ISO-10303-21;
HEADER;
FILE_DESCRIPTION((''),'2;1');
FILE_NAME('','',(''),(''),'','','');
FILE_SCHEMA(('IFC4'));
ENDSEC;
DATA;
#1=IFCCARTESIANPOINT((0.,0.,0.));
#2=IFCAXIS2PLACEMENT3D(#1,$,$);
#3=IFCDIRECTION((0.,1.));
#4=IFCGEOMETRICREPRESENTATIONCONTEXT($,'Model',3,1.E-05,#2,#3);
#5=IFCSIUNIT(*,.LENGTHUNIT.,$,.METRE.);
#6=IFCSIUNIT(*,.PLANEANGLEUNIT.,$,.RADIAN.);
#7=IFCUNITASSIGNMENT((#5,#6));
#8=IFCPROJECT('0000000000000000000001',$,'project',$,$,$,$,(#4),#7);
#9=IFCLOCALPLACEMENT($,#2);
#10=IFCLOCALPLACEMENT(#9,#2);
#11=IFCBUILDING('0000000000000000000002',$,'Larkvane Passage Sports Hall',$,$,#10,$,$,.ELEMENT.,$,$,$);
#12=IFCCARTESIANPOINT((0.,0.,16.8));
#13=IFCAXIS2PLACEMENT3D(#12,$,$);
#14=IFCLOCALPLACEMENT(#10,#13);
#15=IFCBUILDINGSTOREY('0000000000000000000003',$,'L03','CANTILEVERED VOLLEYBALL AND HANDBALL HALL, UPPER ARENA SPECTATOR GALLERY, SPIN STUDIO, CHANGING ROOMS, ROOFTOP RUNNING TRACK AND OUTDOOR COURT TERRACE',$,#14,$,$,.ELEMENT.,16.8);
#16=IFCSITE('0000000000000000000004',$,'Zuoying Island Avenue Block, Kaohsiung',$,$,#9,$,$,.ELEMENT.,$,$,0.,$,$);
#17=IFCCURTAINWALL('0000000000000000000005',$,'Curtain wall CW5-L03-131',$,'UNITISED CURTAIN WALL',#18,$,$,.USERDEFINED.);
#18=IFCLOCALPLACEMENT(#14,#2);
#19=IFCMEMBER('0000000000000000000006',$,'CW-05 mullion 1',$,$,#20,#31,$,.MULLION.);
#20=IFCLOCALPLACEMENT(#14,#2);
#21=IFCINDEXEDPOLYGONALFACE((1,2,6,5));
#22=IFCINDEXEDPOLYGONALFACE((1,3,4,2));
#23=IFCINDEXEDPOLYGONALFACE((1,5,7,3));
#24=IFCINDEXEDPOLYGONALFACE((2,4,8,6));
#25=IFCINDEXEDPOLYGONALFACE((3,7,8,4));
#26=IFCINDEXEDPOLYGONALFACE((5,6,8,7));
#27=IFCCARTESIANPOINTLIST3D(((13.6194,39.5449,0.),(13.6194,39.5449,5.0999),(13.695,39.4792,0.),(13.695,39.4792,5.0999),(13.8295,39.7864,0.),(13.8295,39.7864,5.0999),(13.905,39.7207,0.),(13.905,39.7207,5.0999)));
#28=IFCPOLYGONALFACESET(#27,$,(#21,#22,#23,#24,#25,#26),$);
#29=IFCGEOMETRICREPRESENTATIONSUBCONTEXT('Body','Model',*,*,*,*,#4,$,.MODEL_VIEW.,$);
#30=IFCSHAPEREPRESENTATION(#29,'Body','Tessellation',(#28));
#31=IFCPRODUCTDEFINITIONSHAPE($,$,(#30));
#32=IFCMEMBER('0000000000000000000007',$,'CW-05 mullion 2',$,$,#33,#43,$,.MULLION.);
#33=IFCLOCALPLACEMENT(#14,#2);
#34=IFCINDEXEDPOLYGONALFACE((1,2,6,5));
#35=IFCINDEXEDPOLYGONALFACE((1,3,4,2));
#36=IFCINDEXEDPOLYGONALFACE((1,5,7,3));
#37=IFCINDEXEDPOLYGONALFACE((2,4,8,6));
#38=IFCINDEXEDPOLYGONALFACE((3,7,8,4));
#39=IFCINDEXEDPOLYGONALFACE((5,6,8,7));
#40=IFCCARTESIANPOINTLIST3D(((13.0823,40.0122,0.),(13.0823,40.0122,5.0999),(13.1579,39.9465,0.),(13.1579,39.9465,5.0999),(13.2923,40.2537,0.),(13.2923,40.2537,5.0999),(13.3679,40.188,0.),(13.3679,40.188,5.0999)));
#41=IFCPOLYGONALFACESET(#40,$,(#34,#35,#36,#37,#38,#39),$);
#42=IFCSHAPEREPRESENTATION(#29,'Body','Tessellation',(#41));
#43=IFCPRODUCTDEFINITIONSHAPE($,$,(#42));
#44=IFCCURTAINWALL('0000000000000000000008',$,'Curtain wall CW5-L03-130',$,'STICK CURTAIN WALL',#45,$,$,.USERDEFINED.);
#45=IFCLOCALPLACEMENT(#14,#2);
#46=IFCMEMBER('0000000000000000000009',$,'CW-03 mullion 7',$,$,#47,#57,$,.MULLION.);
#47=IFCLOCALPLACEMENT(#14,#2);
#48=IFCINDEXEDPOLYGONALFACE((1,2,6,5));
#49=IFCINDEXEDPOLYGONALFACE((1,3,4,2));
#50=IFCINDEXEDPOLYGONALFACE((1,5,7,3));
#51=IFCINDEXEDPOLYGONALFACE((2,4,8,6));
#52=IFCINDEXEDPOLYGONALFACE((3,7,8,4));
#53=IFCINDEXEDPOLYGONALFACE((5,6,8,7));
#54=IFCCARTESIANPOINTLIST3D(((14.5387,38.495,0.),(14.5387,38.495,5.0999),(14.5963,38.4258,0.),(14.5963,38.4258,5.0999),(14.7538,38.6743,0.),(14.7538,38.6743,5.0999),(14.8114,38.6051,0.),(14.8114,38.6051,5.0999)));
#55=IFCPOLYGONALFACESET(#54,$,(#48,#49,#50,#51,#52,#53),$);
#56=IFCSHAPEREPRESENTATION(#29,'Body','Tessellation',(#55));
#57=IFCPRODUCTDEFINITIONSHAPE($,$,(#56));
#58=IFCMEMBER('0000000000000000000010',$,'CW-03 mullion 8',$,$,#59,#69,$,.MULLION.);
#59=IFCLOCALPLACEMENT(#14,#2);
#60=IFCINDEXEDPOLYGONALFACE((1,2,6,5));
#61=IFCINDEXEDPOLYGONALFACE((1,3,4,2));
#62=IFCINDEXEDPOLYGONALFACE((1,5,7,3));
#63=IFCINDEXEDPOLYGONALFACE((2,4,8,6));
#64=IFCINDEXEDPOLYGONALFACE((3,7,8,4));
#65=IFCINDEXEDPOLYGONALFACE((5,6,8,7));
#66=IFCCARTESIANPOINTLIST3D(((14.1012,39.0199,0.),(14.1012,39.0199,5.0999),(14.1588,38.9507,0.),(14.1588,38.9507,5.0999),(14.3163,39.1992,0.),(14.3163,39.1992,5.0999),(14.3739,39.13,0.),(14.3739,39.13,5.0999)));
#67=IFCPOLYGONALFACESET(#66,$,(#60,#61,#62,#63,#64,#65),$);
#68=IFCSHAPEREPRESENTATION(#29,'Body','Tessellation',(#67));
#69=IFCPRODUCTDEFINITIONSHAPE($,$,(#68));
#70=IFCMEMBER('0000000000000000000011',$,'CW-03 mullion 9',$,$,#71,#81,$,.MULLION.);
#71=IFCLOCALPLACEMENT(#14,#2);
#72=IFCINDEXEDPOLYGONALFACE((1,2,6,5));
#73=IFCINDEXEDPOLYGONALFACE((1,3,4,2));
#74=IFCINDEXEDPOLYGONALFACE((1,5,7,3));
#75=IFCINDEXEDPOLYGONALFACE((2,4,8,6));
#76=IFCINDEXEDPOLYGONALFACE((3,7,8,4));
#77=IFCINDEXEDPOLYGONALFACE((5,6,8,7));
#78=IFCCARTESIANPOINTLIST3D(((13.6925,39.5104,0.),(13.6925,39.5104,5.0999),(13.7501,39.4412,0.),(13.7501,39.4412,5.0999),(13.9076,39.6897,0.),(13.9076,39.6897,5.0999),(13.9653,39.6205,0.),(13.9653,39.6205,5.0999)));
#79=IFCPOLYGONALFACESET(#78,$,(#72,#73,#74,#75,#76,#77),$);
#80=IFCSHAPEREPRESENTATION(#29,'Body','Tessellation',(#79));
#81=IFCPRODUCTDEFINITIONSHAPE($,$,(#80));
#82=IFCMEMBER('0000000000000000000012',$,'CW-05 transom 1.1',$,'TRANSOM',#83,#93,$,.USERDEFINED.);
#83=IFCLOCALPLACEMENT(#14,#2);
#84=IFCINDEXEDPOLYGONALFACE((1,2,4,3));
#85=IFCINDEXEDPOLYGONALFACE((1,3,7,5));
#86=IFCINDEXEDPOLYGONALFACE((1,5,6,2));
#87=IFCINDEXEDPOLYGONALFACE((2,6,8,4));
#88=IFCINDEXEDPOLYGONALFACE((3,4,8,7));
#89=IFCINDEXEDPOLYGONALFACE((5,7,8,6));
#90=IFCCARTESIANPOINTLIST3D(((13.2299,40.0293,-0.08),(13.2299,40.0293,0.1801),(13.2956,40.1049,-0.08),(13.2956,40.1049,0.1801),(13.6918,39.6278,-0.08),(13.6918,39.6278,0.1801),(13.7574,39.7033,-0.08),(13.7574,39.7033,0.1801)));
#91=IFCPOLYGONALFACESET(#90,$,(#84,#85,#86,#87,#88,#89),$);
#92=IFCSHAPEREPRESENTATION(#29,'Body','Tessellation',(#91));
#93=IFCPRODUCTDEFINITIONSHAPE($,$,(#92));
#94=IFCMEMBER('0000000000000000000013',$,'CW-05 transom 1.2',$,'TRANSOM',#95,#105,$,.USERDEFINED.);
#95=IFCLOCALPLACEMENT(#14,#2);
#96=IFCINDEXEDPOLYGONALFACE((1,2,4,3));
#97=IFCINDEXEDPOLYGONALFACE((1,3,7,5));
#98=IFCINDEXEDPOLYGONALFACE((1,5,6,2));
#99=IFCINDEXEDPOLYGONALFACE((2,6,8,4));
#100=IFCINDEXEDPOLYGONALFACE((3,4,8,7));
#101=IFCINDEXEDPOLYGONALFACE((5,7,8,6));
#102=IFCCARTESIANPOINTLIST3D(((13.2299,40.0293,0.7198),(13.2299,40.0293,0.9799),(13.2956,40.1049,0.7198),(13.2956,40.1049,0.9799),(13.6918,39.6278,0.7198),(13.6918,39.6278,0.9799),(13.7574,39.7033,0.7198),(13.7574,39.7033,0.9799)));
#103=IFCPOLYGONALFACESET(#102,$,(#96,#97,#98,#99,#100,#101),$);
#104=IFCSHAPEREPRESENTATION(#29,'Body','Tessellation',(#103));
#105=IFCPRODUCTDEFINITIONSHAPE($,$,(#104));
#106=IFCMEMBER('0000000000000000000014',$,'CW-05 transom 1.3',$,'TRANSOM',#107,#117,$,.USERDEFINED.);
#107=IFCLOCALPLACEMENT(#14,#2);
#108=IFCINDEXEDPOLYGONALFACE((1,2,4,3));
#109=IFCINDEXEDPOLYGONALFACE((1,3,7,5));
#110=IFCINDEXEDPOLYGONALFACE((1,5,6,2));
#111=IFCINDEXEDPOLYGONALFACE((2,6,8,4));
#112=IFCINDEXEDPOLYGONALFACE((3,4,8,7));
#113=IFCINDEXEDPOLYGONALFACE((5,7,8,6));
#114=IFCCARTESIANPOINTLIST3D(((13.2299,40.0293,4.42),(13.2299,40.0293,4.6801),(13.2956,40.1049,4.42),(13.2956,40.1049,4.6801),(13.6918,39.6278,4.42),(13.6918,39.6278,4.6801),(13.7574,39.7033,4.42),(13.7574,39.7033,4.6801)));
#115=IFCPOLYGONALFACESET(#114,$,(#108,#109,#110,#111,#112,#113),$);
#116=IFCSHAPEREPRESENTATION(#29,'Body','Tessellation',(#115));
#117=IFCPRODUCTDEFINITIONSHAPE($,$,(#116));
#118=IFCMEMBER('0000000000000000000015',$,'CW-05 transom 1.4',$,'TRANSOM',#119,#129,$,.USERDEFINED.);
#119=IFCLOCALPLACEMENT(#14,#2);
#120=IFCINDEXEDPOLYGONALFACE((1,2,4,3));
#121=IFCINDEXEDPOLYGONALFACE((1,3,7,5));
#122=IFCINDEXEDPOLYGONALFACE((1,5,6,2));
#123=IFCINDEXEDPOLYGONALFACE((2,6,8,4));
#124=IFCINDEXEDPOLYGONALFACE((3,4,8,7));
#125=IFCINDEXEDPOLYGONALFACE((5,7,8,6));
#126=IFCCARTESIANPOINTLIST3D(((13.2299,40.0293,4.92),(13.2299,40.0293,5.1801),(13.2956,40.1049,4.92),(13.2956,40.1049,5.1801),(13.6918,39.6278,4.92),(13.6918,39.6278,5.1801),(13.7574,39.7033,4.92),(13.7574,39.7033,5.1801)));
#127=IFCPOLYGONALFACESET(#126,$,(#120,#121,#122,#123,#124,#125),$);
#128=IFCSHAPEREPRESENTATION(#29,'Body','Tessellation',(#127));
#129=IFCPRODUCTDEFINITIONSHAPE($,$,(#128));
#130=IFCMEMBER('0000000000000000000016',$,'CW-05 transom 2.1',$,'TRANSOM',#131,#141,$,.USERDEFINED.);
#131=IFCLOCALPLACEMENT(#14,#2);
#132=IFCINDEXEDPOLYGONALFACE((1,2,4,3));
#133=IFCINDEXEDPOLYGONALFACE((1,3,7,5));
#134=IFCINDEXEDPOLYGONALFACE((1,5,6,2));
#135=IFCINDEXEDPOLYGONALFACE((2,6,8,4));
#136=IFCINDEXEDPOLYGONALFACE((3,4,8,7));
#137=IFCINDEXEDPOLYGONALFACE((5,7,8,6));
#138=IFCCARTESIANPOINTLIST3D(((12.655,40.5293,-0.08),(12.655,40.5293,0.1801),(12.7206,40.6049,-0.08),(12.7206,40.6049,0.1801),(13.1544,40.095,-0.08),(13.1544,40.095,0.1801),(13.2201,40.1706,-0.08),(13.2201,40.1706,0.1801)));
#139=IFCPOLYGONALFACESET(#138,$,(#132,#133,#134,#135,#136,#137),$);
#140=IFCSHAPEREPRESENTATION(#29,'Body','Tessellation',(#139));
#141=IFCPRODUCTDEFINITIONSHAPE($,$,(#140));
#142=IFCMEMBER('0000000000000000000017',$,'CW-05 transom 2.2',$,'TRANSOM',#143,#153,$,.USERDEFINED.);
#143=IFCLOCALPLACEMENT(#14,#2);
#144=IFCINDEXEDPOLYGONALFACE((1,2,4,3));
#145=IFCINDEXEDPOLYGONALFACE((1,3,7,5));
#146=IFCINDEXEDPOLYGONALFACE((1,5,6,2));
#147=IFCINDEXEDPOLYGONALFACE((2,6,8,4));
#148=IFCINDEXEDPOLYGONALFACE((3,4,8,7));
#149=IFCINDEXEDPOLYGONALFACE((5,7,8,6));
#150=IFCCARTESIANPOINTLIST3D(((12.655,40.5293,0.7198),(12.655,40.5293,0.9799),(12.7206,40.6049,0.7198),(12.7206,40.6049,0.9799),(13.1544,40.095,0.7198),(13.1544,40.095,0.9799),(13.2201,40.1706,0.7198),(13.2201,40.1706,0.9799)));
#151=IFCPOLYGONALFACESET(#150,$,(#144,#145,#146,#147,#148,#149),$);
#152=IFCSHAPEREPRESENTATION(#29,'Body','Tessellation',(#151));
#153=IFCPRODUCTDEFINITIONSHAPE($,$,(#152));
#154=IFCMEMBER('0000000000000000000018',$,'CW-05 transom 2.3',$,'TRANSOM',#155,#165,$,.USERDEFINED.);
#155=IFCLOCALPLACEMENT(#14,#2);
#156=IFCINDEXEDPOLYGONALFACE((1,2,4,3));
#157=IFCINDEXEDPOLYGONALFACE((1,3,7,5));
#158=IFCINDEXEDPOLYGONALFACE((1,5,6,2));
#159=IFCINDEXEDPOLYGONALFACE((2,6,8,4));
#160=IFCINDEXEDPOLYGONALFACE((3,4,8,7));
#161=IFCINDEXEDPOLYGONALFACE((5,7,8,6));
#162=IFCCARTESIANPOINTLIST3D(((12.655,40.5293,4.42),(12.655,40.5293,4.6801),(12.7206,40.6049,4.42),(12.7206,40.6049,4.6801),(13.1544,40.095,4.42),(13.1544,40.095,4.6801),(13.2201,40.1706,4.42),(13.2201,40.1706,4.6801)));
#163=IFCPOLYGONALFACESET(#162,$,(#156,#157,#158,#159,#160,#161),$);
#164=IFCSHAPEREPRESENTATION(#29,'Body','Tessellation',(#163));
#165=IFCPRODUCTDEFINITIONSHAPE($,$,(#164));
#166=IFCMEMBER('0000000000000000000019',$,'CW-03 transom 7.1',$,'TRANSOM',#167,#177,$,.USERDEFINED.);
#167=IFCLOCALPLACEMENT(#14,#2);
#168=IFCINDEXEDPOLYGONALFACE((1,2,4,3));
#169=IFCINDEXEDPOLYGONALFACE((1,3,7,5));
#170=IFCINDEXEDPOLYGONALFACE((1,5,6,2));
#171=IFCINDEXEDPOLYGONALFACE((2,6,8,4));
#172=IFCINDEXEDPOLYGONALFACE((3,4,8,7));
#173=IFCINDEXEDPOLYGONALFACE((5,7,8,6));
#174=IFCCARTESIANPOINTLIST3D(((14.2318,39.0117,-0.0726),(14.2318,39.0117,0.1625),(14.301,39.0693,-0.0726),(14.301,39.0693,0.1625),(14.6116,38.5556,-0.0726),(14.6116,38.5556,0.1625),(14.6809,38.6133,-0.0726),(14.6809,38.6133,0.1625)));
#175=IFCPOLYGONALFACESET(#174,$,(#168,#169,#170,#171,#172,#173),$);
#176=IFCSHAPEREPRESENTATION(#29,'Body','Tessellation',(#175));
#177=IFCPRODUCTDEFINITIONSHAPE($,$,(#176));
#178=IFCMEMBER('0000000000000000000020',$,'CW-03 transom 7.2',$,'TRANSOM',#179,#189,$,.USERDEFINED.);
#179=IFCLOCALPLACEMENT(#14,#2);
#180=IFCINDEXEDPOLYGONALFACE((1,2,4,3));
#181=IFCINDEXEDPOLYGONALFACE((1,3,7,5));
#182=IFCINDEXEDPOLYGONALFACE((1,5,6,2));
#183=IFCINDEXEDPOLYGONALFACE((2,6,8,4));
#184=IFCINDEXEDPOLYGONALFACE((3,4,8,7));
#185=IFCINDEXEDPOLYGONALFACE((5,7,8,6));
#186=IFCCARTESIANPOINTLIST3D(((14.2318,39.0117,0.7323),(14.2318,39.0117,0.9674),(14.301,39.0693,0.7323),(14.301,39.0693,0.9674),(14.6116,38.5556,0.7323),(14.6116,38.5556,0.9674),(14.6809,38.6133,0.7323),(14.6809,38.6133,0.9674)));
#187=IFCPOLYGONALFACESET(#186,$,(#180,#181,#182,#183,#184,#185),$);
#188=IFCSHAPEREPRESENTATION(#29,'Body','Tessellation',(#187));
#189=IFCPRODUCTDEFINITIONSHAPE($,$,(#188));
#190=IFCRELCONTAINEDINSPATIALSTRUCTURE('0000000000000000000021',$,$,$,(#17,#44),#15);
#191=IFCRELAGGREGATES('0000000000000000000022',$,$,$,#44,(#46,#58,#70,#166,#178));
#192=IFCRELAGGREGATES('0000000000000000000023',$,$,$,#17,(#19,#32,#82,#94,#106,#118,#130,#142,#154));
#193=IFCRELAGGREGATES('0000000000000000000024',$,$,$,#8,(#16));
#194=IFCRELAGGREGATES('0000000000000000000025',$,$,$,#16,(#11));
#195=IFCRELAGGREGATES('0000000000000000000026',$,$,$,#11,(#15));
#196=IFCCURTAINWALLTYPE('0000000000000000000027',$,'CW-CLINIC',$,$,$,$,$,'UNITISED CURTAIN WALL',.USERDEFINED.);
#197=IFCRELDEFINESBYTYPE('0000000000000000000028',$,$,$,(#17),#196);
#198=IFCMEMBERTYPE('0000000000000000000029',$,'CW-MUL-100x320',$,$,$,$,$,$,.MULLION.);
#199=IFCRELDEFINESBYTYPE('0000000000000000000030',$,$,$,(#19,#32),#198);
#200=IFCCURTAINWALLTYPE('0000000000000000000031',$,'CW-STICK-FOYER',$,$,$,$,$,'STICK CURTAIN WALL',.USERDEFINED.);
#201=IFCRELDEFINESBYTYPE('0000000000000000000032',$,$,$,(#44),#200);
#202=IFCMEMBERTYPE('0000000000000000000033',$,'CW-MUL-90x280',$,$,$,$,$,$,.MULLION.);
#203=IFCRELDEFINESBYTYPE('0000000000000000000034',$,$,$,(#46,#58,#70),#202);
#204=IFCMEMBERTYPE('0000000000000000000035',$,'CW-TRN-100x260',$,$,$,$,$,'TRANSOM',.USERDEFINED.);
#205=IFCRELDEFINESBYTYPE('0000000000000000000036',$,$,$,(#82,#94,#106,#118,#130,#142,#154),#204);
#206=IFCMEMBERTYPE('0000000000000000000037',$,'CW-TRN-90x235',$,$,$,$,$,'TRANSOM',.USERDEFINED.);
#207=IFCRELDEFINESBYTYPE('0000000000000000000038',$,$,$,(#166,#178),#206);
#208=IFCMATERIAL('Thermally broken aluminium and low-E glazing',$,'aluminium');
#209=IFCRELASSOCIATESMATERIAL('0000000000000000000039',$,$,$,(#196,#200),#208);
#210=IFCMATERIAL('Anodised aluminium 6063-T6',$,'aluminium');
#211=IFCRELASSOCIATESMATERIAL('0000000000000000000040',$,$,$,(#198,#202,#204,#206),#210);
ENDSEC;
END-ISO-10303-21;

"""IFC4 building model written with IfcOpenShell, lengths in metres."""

from ifc_helpers import new_model, si_unit, direction, frame, origin, origin_2d, place, context, subcontext, project, spatial, rectangle, extrude, material, material_profile, profile_set, type_object, element, aggregate, save


model = new_model("IFC4")

# Units and contexts
model_context = context("Model", 3, precision=1e-05, world=origin(), true_north=direction((0.0, 1.0)))
body_context = subcontext(model_context, "Body", "Model", "MODEL_VIEW")
ifc_project = project(units=[si_unit("LENGTHUNIT", "METRE"), si_unit("PLANEANGLEUNIT", "RADIAN")], contexts=[model_context])

# Site, building, storey
site_placement = place(None, origin())
site = spatial("IfcSite", under=ifc_project, at=site_placement, Name="Zuoying Island Avenue Block, Kaohsiung", CompositionType="ELEMENT", RefElevation=0.0)
building_placement = place(site_placement, origin())
building = spatial("IfcBuilding", under=site, at=building_placement, Name="Larkvane Passage Sports Hall", CompositionType="ELEMENT")
storey_placement = place(building_placement, frame((0.0, 0.0, 16.8)))
storey = spatial("IfcBuildingStorey", under=building, at=storey_placement, Name="L03", Description="CANTILEVERED VOLLEYBALL AND HANDBALL HALL, UPPER ARENA SPECTATOR GALLERY, SPIN STUDIO, CHANGING ROOMS, ROOFTOP RUNNING TRACK AND OUTDOOR COURT TERRACE", CompositionType="ELEMENT", Elevation=16.8)

# Curtain walls, members
ifc_material_1 = material(Name="Thermally broken aluminium and low-E glazing", Category="aluminium")
curtain_wall_type_1 = type_object("IfcCurtainWallType", Name="CW-CLINIC", ElementType="UNITISED CURTAIN WALL", PredefinedType="USERDEFINED", material=ifc_material_1)
curtain_wall_1_placement = place(storey_placement, origin())
curtain_wall_1 = element("IfcCurtainWall", 1, at=curtain_wall_1_placement, inside=storey, type_object=curtain_wall_type_1, Name="Curtain wall CW5-L03-131", ObjectType="UNITISED CURTAIN WALL", PredefinedType="USERDEFINED")
ifc_material_2 = material(Name="Anodised aluminium 6063-T6", Category="aluminium")
ifc_material_profile_1 = material_profile(ifc_material_2, rectangle(XDim=0.1001, YDim=0.3201, at=origin_2d()), Name="ALU-MUL-100x320")
ifc_profile_set_1 = profile_set([ifc_material_profile_1], Name="Anodised aluminium 6063-T6")
member_type_1 = type_object("IfcMemberType", Name="CW-MUL-100x320", PredefinedType="MULLION", material=ifc_profile_set_1)
member_1_placement = place(storey_placement, frame((13.7622, 39.6328, 0.0), z_axis=(0.0, 0.0, 1.0), x_axis=(-0.754606, 0.656179, 0.0)))
member_1 = element("IfcMember", 2, at=member_1_placement, type_object=member_type_1, Name="CW-05 mullion 1", PredefinedType="MULLION", context=body_context, shape_type="SweptSolid", body=[
    extrude(rectangle(XDim=0.1001, YDim=0.3201, at=origin_2d()), origin(), (0.0, 0.0, 1.0), 5.0999),
])
member_2_placement = place(storey_placement, frame((13.2251, 40.1001, 0.0), z_axis=(0.0, 0.0, 1.0), x_axis=(-0.754606, 0.656179, 0.0)))
member_2 = element("IfcMember", 3, at=member_2_placement, type_object=member_type_1, Name="CW-05 mullion 2", PredefinedType="MULLION", context=body_context, shape_type="SweptSolid", body=[
    extrude(rectangle(XDim=0.1001, YDim=0.3201, at=origin_2d()), origin(), (0.0, 0.0, 1.0), 5.0999),
])
curtain_wall_type_2 = type_object("IfcCurtainWallType", Name="CW-STICK-FOYER", ElementType="STICK CURTAIN WALL", PredefinedType="USERDEFINED", material=ifc_material_1)
curtain_wall_2_placement = place(storey_placement, origin())
curtain_wall_2 = element("IfcCurtainWall", 4, at=curtain_wall_2_placement, inside=storey, type_object=curtain_wall_type_2, Name="Curtain wall CW5-L03-130", ObjectType="STICK CURTAIN WALL", PredefinedType="USERDEFINED")
ifc_material_profile_2 = material_profile(ifc_material_2, rectangle(XDim=0.0901, YDim=0.28, at=origin_2d()), Name="ALU-MUL-90x280")
ifc_profile_set_2 = profile_set([ifc_material_profile_2], Name="Anodised aluminium 6063-T6")
member_type_2 = type_object("IfcMemberType", Name="CW-MUL-90x280", PredefinedType="MULLION", material=ifc_profile_set_2)
member_3_placement = place(storey_placement, frame((14.675, 38.55, 0.0), z_axis=(0.0, 0.0, 1.0), x_axis=(-0.640184, 0.768221, 0.0)))
member_3 = element("IfcMember", 5, at=member_3_placement, type_object=member_type_2, Name="CW-03 mullion 7", PredefinedType="MULLION", context=body_context, shape_type="SweptSolid", body=[
    extrude(rectangle(XDim=0.0901, YDim=0.28, at=origin_2d()), origin(), (0.0, 0.0, 1.0), 5.0999),
])
member_4_placement = place(storey_placement, frame((14.2375, 39.075, 0.0), z_axis=(0.0, 0.0, 1.0), x_axis=(-0.640184, 0.768221, 0.0)))
member_4 = element("IfcMember", 6, at=member_4_placement, type_object=member_type_2, Name="CW-03 mullion 8", PredefinedType="MULLION", context=body_context, shape_type="SweptSolid", body=[
    extrude(rectangle(XDim=0.0901, YDim=0.28, at=origin_2d()), origin(), (0.0, 0.0, 1.0), 5.0999),
])
member_5_placement = place(storey_placement, frame((13.8289, 39.5654, 0.0), z_axis=(0.0, 0.0, 1.0), x_axis=(-0.640184, 0.768221, 0.0)))
member_5 = element("IfcMember", 7, at=member_5_placement, type_object=member_type_2, Name="CW-03 mullion 9", PredefinedType="MULLION", context=body_context, shape_type="SweptSolid", body=[
    extrude(rectangle(XDim=0.0901, YDim=0.28, at=origin_2d()), origin(), (0.0, 0.0, 1.0), 5.0999),
])

# Members
ifc_material_profile_3 = material_profile(ifc_material_2, rectangle(XDim=0.1001, YDim=0.26, at=origin_2d()), Name="ALU-TRN-100x260")
ifc_profile_set_3 = profile_set([ifc_material_profile_3], Name="Anodised aluminium 6063-T6")
member_type_3 = type_object("IfcMemberType", Name="CW-TRN-100x260", ElementType="TRANSOM", PredefinedType="USERDEFINED", material=ifc_profile_set_3)
member_6_placement = place(storey_placement, frame((13.7246, 39.6655, 0.05), z_axis=(-0.754648, 0.656129, 0.0), x_axis=(-0.656129, -0.754648, 0.0)))
member_6 = element("IfcMember", 8, at=member_6_placement, type_object=member_type_3, Name="CW-05 transom 1.1", ObjectType="TRANSOM", PredefinedType="USERDEFINED", context=body_context, shape_type="SweptSolid", body=[
    extrude(rectangle(XDim=0.1001, YDim=0.26, at=origin_2d()), origin(), (0.0, 0.0, 1.0), 0.6121),
])
member_7_placement = place(storey_placement, frame((13.7246, 39.6655, 0.8499), z_axis=(-0.754648, 0.656129, 0.0), x_axis=(-0.656129, -0.754648, 0.0)))
member_7 = element("IfcMember", 9, at=member_7_placement, type_object=member_type_3, Name="CW-05 transom 1.2", ObjectType="TRANSOM", PredefinedType="USERDEFINED", context=body_context, shape_type="SweptSolid", body=[
    extrude(rectangle(XDim=0.1001, YDim=0.26, at=origin_2d()), origin(), (0.0, 0.0, 1.0), 0.6121),
])
member_8_placement = place(storey_placement, frame((13.7246, 39.6655, 4.55), z_axis=(-0.754648, 0.656129, 0.0), x_axis=(-0.656129, -0.754648, 0.0)))
member_8 = element("IfcMember", 10, at=member_8_placement, type_object=member_type_3, Name="CW-05 transom 1.3", ObjectType="TRANSOM", PredefinedType="USERDEFINED", context=body_context, shape_type="SweptSolid", body=[
    extrude(rectangle(XDim=0.1001, YDim=0.26, at=origin_2d()), origin(), (0.0, 0.0, 1.0), 0.6121),
])
member_9_placement = place(storey_placement, frame((13.7246, 39.6655, 5.05), z_axis=(-0.754648, 0.656129, 0.0), x_axis=(-0.656129, -0.754648, 0.0)))
member_9 = element("IfcMember", 11, at=member_9_placement, type_object=member_type_3, Name="CW-05 transom 1.4", ObjectType="TRANSOM", PredefinedType="USERDEFINED", context=body_context, shape_type="SweptSolid", body=[
    extrude(rectangle(XDim=0.1001, YDim=0.26, at=origin_2d()), origin(), (0.0, 0.0, 1.0), 0.6121),
])
member_10_placement = place(storey_placement, frame((13.1873, 40.1328, 0.05), z_axis=(-0.754629, 0.656151, 0.0), x_axis=(-0.656151, -0.754629, 0.0)))
member_10 = element("IfcMember", 12, at=member_10_placement, type_object=member_type_3, Name="CW-05 transom 2.1", ObjectType="TRANSOM", PredefinedType="USERDEFINED", context=body_context, shape_type="SweptSolid", body=[
    extrude(rectangle(XDim=0.1001, YDim=0.26, at=origin_2d()), origin(), (0.0, 0.0, 1.0), 0.6619),
])
member_11_placement = place(storey_placement, frame((13.1873, 40.1328, 0.8499), z_axis=(-0.754629, 0.656151, 0.0), x_axis=(-0.656151, -0.754629, 0.0)))
member_11 = element("IfcMember", 13, at=member_11_placement, type_object=member_type_3, Name="CW-05 transom 2.2", ObjectType="TRANSOM", PredefinedType="USERDEFINED", context=body_context, shape_type="SweptSolid", body=[
    extrude(rectangle(XDim=0.1001, YDim=0.26, at=origin_2d()), origin(), (0.0, 0.0, 1.0), 0.6619),
])
member_12_placement = place(storey_placement, frame((13.1873, 40.1328, 4.55), z_axis=(-0.754629, 0.656151, 0.0), x_axis=(-0.656151, -0.754629, 0.0)))
member_12 = element("IfcMember", 14, at=member_12_placement, type_object=member_type_3, Name="CW-05 transom 2.3", ObjectType="TRANSOM", PredefinedType="USERDEFINED", context=body_context, shape_type="SweptSolid", body=[
    extrude(rectangle(XDim=0.1001, YDim=0.26, at=origin_2d()), origin(), (0.0, 0.0, 1.0), 0.6619),
])
ifc_material_profile_4 = material_profile(ifc_material_2, rectangle(XDim=0.0901, YDim=0.2351, at=origin_2d()), Name="ALU-TRN-90x235")
ifc_profile_set_4 = profile_set([ifc_material_profile_4], Name="Anodised aluminium 6063-T6")
member_type_4 = type_object("IfcMemberType", Name="CW-TRN-90x235", ElementType="TRANSOM", PredefinedType="USERDEFINED", material=ifc_profile_set_4)
member_13_placement = place(storey_placement, frame((14.6462, 38.5845, 0.0449), z_axis=(-0.640023, 0.768356, 0.0), x_axis=(-0.768356, -0.640023, 0.0)))
member_13 = element("IfcMember", 15, at=member_13_placement, type_object=member_type_4, Name="CW-03 transom 7.1", ObjectType="TRANSOM", PredefinedType="USERDEFINED", context=body_context, shape_type="SweptSolid", body=[
    extrude(rectangle(XDim=0.0901, YDim=0.2351, at=origin_2d()), origin(), (0.0, 0.0, 1.0), 0.5935),
])
member_14_placement = place(storey_placement, frame((14.6462, 38.5845, 0.8499), z_axis=(-0.640023, 0.768356, 0.0), x_axis=(-0.768356, -0.640023, 0.0)))
member_14 = element("IfcMember", 16, at=member_14_placement, type_object=member_type_4, Name="CW-03 transom 7.2", ObjectType="TRANSOM", PredefinedType="USERDEFINED", context=body_context, shape_type="SweptSolid", body=[
    extrude(rectangle(XDim=0.0901, YDim=0.2351, at=origin_2d()), origin(), (0.0, 0.0, 1.0), 0.5935),
])

aggregate(curtain_wall_2, [member_3, member_4, member_5, member_13, member_14])
aggregate(curtain_wall_1, [member_1, member_2, member_6, member_7, member_8, member_9, member_10, member_11, member_12])

save(model, "model.ifc")
